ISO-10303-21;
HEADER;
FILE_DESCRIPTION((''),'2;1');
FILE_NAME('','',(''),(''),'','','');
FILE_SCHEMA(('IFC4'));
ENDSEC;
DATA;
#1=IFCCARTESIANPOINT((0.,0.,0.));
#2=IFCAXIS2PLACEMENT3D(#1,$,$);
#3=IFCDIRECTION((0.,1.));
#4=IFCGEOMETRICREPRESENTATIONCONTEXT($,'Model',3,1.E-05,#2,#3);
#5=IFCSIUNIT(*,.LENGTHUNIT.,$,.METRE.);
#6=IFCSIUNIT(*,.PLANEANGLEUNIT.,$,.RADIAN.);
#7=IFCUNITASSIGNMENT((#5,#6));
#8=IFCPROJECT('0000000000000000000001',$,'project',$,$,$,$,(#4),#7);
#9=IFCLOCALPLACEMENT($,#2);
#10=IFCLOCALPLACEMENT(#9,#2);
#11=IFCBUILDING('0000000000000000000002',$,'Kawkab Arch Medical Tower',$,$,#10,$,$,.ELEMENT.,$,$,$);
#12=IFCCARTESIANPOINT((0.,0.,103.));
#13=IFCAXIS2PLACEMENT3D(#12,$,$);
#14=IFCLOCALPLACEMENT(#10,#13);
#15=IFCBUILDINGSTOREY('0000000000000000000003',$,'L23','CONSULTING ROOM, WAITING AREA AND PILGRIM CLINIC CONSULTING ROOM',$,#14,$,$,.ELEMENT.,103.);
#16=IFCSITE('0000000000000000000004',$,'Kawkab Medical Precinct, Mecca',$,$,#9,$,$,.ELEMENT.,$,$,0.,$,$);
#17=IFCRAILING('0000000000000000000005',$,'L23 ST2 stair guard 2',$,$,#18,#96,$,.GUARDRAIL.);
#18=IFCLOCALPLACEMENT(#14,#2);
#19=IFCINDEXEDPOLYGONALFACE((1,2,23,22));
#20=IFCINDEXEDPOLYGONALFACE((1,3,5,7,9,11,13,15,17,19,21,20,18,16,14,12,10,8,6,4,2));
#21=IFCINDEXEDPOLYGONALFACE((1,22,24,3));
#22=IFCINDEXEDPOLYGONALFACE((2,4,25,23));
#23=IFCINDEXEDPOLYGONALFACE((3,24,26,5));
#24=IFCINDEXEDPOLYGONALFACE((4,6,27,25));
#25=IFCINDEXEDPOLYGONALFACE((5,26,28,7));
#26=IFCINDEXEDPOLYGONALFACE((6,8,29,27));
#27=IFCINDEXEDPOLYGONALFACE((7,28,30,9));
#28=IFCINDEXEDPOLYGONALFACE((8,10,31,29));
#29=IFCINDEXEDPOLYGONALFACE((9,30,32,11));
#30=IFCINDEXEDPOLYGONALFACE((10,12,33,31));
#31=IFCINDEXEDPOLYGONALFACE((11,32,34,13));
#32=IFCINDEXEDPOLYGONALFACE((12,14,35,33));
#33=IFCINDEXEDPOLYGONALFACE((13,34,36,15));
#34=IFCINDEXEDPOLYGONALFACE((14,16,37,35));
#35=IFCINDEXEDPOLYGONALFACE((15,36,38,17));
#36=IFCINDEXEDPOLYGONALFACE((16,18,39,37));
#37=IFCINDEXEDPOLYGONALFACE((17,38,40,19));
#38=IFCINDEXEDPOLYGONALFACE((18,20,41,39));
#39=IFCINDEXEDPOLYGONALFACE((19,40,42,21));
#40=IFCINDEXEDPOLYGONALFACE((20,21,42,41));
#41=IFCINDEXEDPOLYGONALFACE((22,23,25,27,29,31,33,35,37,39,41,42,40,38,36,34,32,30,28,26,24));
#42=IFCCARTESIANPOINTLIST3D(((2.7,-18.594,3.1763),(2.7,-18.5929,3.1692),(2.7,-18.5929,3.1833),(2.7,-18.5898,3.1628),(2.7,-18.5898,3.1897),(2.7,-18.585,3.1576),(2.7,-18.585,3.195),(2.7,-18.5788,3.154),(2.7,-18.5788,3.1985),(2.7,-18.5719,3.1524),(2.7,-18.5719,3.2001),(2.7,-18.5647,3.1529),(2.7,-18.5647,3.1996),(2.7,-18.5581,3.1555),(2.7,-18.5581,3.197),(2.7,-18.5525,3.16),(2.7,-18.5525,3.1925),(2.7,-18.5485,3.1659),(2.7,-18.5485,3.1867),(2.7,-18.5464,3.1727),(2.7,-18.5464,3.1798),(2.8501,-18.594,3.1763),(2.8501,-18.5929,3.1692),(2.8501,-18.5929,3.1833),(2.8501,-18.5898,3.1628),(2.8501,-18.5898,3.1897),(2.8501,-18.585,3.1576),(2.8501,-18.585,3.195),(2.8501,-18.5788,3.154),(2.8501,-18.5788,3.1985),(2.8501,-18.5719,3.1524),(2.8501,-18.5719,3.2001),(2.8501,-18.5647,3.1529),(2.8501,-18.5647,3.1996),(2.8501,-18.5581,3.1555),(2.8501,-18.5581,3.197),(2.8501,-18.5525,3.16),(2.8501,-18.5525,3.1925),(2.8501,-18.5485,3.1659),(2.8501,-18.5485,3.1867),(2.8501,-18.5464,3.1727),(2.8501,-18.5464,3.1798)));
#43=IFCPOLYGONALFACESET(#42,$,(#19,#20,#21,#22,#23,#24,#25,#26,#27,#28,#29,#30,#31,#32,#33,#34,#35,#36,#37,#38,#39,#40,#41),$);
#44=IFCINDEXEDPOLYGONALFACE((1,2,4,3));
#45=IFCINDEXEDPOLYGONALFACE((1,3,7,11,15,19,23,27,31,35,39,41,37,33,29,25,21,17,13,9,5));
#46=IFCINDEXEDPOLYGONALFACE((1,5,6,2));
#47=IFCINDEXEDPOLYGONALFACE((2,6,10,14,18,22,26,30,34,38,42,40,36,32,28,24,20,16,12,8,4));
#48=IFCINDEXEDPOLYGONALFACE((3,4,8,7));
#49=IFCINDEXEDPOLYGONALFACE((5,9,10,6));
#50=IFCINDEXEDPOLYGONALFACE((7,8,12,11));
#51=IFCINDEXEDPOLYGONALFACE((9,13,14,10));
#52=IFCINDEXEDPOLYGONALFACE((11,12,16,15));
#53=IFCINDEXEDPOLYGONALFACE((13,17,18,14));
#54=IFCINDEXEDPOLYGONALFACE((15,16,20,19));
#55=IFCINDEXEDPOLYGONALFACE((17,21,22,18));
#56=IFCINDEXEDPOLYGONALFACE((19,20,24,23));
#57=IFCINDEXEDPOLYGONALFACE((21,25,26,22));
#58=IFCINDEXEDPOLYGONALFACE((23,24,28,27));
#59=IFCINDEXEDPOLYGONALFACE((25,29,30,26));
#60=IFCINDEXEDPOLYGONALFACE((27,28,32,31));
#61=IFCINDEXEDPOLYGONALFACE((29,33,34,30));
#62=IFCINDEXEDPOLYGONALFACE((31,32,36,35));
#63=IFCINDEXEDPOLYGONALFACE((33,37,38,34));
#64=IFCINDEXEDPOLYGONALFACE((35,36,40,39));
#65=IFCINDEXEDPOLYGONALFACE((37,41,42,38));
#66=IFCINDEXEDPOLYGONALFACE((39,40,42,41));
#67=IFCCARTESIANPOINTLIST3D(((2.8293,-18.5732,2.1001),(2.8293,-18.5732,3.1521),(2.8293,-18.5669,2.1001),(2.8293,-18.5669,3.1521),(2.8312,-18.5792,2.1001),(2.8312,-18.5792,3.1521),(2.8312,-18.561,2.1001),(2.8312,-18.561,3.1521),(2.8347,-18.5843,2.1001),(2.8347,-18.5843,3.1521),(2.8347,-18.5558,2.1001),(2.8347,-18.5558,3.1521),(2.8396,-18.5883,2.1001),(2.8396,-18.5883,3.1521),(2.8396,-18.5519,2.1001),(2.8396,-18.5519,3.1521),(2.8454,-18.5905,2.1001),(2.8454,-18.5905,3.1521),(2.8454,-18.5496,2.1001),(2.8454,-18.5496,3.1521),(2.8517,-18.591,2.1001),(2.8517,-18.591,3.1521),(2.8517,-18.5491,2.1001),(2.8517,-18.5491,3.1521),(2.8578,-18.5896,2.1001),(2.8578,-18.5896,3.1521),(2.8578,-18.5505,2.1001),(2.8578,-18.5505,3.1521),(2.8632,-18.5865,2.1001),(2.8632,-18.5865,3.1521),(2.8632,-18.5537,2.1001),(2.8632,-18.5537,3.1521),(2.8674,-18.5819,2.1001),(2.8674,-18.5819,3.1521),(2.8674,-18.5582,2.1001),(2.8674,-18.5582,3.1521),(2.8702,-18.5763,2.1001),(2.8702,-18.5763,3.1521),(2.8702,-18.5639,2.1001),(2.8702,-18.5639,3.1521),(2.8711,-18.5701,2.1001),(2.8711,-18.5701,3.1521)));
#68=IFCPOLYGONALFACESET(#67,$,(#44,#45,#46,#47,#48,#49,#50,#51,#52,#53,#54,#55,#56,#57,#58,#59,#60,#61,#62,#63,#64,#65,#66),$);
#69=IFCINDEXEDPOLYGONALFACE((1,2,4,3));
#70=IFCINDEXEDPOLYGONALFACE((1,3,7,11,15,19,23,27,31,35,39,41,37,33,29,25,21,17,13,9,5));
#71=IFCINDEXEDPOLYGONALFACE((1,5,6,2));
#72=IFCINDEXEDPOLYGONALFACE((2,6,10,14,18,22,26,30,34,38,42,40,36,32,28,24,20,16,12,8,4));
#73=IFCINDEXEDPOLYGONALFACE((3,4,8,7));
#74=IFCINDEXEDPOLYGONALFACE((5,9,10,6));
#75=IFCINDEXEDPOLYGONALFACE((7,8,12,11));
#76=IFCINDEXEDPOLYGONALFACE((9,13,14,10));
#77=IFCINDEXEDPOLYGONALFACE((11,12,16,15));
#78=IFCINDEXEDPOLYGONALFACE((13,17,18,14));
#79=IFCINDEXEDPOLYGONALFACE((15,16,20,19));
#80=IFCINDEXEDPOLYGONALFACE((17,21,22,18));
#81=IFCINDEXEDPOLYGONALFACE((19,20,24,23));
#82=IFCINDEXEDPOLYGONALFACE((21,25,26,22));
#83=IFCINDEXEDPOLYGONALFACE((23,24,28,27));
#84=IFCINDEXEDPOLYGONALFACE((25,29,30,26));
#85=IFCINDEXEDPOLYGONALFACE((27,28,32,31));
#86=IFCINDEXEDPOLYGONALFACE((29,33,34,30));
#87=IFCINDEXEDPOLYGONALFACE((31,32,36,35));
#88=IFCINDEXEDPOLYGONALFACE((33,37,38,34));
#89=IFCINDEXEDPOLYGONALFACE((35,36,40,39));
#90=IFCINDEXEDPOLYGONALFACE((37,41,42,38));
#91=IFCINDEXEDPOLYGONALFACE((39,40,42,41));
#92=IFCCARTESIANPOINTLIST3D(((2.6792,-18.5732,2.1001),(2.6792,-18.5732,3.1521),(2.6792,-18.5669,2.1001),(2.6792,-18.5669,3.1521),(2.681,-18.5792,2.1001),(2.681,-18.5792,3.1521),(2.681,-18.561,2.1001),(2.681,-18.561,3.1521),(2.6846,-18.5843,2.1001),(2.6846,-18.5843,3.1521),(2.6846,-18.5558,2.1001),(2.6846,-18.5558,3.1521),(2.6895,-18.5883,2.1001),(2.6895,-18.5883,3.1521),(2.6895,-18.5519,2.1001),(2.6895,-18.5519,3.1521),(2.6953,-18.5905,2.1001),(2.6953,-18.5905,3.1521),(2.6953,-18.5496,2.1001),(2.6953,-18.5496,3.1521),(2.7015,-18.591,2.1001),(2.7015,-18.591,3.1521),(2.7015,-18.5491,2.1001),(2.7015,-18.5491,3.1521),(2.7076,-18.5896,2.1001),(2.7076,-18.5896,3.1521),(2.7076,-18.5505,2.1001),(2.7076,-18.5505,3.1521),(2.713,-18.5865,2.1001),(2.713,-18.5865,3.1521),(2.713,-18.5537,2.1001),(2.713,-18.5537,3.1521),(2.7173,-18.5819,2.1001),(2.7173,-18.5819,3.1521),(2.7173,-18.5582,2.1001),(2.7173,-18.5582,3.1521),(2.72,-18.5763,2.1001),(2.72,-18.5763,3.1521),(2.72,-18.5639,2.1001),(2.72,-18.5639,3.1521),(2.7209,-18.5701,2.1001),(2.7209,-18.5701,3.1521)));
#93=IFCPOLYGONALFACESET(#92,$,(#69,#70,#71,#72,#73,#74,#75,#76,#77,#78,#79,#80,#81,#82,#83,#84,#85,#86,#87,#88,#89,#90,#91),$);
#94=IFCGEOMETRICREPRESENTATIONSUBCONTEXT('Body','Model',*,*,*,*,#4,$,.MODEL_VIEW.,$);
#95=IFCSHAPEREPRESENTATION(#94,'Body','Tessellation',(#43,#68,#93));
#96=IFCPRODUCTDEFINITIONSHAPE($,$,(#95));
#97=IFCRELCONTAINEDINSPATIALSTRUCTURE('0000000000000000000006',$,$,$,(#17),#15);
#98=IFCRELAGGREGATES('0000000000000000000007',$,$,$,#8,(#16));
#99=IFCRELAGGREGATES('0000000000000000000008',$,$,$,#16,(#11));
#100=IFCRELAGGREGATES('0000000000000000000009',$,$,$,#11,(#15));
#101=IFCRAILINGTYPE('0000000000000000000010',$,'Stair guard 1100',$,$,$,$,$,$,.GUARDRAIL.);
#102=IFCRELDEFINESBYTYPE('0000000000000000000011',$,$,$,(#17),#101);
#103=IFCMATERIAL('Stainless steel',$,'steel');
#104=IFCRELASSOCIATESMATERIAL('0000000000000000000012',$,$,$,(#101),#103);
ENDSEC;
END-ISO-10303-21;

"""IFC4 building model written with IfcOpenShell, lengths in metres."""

from ifc_helpers import new_model, si_unit, direction, frame, origin, origin_2d, place, context, subcontext, project, spatial, circle, extrude, material, type_object, element, save


model = new_model("IFC4")

# Units and contexts
model_context = context("Model", 3, precision=1e-05, world=origin(), true_north=direction((0.0, 1.0)))
body_context = subcontext(model_context, "Body", "Model", "MODEL_VIEW")
ifc_project = project(units=[si_unit("LENGTHUNIT", "METRE"), si_unit("PLANEANGLEUNIT", "RADIAN")], contexts=[model_context])

# Site, building, storey
site_placement = place(None, origin())
site = spatial("IfcSite", under=ifc_project, at=site_placement, Name="Kawkab Medical Precinct, Mecca", CompositionType="ELEMENT", RefElevation=0.0)
building_placement = place(site_placement, origin())
building = spatial("IfcBuilding", under=site, at=building_placement, Name="Kawkab Arch Medical Tower", CompositionType="ELEMENT")
storey_placement = place(building_placement, frame((0.0, 0.0, 103.0)))
storey = spatial("IfcBuildingStorey", under=building, at=storey_placement, Name="L23", Description="CONSULTING ROOM, WAITING AREA AND PILGRIM CLINIC CONSULTING ROOM", CompositionType="ELEMENT", Elevation=103.0)

# Railing
ifc_material_1 = material(Name="Stainless steel", Category="steel")
railing_type_1 = type_object("IfcRailingType", Name="Stair guard 1100", PredefinedType="GUARDRAIL", material=ifc_material_1)
railing_1_placement = place(storey_placement, frame((2.8501, -18.5701, 2.1001)))
element("IfcRailing", 1, at=railing_1_placement, inside=storey, type_object=railing_type_1, Name="L23 ST2 stair guard 2", PredefinedType="GUARDRAIL", context=body_context, shape_type="SweptSolid", body=[
    extrude(circle(Radius=0.0239, at=origin_2d()), frame((0.0, 0.0, 1.0762), z_axis=(-1.0, 0.0, 0.0), x_axis=(0.0, -1.0, 0.0)), (0.0, 0.0, 1.0), 0.1501),
    extrude(circle(Radius=0.021, at=origin_2d()), origin(), (0.0, 0.0, 1.0), 1.052),
    extrude(circle(Radius=0.021, at=origin_2d()), frame((-0.1501, 0.0, 0.0)), (0.0, 0.0, 1.0), 1.052),
])

save(model, "model.ifc")
